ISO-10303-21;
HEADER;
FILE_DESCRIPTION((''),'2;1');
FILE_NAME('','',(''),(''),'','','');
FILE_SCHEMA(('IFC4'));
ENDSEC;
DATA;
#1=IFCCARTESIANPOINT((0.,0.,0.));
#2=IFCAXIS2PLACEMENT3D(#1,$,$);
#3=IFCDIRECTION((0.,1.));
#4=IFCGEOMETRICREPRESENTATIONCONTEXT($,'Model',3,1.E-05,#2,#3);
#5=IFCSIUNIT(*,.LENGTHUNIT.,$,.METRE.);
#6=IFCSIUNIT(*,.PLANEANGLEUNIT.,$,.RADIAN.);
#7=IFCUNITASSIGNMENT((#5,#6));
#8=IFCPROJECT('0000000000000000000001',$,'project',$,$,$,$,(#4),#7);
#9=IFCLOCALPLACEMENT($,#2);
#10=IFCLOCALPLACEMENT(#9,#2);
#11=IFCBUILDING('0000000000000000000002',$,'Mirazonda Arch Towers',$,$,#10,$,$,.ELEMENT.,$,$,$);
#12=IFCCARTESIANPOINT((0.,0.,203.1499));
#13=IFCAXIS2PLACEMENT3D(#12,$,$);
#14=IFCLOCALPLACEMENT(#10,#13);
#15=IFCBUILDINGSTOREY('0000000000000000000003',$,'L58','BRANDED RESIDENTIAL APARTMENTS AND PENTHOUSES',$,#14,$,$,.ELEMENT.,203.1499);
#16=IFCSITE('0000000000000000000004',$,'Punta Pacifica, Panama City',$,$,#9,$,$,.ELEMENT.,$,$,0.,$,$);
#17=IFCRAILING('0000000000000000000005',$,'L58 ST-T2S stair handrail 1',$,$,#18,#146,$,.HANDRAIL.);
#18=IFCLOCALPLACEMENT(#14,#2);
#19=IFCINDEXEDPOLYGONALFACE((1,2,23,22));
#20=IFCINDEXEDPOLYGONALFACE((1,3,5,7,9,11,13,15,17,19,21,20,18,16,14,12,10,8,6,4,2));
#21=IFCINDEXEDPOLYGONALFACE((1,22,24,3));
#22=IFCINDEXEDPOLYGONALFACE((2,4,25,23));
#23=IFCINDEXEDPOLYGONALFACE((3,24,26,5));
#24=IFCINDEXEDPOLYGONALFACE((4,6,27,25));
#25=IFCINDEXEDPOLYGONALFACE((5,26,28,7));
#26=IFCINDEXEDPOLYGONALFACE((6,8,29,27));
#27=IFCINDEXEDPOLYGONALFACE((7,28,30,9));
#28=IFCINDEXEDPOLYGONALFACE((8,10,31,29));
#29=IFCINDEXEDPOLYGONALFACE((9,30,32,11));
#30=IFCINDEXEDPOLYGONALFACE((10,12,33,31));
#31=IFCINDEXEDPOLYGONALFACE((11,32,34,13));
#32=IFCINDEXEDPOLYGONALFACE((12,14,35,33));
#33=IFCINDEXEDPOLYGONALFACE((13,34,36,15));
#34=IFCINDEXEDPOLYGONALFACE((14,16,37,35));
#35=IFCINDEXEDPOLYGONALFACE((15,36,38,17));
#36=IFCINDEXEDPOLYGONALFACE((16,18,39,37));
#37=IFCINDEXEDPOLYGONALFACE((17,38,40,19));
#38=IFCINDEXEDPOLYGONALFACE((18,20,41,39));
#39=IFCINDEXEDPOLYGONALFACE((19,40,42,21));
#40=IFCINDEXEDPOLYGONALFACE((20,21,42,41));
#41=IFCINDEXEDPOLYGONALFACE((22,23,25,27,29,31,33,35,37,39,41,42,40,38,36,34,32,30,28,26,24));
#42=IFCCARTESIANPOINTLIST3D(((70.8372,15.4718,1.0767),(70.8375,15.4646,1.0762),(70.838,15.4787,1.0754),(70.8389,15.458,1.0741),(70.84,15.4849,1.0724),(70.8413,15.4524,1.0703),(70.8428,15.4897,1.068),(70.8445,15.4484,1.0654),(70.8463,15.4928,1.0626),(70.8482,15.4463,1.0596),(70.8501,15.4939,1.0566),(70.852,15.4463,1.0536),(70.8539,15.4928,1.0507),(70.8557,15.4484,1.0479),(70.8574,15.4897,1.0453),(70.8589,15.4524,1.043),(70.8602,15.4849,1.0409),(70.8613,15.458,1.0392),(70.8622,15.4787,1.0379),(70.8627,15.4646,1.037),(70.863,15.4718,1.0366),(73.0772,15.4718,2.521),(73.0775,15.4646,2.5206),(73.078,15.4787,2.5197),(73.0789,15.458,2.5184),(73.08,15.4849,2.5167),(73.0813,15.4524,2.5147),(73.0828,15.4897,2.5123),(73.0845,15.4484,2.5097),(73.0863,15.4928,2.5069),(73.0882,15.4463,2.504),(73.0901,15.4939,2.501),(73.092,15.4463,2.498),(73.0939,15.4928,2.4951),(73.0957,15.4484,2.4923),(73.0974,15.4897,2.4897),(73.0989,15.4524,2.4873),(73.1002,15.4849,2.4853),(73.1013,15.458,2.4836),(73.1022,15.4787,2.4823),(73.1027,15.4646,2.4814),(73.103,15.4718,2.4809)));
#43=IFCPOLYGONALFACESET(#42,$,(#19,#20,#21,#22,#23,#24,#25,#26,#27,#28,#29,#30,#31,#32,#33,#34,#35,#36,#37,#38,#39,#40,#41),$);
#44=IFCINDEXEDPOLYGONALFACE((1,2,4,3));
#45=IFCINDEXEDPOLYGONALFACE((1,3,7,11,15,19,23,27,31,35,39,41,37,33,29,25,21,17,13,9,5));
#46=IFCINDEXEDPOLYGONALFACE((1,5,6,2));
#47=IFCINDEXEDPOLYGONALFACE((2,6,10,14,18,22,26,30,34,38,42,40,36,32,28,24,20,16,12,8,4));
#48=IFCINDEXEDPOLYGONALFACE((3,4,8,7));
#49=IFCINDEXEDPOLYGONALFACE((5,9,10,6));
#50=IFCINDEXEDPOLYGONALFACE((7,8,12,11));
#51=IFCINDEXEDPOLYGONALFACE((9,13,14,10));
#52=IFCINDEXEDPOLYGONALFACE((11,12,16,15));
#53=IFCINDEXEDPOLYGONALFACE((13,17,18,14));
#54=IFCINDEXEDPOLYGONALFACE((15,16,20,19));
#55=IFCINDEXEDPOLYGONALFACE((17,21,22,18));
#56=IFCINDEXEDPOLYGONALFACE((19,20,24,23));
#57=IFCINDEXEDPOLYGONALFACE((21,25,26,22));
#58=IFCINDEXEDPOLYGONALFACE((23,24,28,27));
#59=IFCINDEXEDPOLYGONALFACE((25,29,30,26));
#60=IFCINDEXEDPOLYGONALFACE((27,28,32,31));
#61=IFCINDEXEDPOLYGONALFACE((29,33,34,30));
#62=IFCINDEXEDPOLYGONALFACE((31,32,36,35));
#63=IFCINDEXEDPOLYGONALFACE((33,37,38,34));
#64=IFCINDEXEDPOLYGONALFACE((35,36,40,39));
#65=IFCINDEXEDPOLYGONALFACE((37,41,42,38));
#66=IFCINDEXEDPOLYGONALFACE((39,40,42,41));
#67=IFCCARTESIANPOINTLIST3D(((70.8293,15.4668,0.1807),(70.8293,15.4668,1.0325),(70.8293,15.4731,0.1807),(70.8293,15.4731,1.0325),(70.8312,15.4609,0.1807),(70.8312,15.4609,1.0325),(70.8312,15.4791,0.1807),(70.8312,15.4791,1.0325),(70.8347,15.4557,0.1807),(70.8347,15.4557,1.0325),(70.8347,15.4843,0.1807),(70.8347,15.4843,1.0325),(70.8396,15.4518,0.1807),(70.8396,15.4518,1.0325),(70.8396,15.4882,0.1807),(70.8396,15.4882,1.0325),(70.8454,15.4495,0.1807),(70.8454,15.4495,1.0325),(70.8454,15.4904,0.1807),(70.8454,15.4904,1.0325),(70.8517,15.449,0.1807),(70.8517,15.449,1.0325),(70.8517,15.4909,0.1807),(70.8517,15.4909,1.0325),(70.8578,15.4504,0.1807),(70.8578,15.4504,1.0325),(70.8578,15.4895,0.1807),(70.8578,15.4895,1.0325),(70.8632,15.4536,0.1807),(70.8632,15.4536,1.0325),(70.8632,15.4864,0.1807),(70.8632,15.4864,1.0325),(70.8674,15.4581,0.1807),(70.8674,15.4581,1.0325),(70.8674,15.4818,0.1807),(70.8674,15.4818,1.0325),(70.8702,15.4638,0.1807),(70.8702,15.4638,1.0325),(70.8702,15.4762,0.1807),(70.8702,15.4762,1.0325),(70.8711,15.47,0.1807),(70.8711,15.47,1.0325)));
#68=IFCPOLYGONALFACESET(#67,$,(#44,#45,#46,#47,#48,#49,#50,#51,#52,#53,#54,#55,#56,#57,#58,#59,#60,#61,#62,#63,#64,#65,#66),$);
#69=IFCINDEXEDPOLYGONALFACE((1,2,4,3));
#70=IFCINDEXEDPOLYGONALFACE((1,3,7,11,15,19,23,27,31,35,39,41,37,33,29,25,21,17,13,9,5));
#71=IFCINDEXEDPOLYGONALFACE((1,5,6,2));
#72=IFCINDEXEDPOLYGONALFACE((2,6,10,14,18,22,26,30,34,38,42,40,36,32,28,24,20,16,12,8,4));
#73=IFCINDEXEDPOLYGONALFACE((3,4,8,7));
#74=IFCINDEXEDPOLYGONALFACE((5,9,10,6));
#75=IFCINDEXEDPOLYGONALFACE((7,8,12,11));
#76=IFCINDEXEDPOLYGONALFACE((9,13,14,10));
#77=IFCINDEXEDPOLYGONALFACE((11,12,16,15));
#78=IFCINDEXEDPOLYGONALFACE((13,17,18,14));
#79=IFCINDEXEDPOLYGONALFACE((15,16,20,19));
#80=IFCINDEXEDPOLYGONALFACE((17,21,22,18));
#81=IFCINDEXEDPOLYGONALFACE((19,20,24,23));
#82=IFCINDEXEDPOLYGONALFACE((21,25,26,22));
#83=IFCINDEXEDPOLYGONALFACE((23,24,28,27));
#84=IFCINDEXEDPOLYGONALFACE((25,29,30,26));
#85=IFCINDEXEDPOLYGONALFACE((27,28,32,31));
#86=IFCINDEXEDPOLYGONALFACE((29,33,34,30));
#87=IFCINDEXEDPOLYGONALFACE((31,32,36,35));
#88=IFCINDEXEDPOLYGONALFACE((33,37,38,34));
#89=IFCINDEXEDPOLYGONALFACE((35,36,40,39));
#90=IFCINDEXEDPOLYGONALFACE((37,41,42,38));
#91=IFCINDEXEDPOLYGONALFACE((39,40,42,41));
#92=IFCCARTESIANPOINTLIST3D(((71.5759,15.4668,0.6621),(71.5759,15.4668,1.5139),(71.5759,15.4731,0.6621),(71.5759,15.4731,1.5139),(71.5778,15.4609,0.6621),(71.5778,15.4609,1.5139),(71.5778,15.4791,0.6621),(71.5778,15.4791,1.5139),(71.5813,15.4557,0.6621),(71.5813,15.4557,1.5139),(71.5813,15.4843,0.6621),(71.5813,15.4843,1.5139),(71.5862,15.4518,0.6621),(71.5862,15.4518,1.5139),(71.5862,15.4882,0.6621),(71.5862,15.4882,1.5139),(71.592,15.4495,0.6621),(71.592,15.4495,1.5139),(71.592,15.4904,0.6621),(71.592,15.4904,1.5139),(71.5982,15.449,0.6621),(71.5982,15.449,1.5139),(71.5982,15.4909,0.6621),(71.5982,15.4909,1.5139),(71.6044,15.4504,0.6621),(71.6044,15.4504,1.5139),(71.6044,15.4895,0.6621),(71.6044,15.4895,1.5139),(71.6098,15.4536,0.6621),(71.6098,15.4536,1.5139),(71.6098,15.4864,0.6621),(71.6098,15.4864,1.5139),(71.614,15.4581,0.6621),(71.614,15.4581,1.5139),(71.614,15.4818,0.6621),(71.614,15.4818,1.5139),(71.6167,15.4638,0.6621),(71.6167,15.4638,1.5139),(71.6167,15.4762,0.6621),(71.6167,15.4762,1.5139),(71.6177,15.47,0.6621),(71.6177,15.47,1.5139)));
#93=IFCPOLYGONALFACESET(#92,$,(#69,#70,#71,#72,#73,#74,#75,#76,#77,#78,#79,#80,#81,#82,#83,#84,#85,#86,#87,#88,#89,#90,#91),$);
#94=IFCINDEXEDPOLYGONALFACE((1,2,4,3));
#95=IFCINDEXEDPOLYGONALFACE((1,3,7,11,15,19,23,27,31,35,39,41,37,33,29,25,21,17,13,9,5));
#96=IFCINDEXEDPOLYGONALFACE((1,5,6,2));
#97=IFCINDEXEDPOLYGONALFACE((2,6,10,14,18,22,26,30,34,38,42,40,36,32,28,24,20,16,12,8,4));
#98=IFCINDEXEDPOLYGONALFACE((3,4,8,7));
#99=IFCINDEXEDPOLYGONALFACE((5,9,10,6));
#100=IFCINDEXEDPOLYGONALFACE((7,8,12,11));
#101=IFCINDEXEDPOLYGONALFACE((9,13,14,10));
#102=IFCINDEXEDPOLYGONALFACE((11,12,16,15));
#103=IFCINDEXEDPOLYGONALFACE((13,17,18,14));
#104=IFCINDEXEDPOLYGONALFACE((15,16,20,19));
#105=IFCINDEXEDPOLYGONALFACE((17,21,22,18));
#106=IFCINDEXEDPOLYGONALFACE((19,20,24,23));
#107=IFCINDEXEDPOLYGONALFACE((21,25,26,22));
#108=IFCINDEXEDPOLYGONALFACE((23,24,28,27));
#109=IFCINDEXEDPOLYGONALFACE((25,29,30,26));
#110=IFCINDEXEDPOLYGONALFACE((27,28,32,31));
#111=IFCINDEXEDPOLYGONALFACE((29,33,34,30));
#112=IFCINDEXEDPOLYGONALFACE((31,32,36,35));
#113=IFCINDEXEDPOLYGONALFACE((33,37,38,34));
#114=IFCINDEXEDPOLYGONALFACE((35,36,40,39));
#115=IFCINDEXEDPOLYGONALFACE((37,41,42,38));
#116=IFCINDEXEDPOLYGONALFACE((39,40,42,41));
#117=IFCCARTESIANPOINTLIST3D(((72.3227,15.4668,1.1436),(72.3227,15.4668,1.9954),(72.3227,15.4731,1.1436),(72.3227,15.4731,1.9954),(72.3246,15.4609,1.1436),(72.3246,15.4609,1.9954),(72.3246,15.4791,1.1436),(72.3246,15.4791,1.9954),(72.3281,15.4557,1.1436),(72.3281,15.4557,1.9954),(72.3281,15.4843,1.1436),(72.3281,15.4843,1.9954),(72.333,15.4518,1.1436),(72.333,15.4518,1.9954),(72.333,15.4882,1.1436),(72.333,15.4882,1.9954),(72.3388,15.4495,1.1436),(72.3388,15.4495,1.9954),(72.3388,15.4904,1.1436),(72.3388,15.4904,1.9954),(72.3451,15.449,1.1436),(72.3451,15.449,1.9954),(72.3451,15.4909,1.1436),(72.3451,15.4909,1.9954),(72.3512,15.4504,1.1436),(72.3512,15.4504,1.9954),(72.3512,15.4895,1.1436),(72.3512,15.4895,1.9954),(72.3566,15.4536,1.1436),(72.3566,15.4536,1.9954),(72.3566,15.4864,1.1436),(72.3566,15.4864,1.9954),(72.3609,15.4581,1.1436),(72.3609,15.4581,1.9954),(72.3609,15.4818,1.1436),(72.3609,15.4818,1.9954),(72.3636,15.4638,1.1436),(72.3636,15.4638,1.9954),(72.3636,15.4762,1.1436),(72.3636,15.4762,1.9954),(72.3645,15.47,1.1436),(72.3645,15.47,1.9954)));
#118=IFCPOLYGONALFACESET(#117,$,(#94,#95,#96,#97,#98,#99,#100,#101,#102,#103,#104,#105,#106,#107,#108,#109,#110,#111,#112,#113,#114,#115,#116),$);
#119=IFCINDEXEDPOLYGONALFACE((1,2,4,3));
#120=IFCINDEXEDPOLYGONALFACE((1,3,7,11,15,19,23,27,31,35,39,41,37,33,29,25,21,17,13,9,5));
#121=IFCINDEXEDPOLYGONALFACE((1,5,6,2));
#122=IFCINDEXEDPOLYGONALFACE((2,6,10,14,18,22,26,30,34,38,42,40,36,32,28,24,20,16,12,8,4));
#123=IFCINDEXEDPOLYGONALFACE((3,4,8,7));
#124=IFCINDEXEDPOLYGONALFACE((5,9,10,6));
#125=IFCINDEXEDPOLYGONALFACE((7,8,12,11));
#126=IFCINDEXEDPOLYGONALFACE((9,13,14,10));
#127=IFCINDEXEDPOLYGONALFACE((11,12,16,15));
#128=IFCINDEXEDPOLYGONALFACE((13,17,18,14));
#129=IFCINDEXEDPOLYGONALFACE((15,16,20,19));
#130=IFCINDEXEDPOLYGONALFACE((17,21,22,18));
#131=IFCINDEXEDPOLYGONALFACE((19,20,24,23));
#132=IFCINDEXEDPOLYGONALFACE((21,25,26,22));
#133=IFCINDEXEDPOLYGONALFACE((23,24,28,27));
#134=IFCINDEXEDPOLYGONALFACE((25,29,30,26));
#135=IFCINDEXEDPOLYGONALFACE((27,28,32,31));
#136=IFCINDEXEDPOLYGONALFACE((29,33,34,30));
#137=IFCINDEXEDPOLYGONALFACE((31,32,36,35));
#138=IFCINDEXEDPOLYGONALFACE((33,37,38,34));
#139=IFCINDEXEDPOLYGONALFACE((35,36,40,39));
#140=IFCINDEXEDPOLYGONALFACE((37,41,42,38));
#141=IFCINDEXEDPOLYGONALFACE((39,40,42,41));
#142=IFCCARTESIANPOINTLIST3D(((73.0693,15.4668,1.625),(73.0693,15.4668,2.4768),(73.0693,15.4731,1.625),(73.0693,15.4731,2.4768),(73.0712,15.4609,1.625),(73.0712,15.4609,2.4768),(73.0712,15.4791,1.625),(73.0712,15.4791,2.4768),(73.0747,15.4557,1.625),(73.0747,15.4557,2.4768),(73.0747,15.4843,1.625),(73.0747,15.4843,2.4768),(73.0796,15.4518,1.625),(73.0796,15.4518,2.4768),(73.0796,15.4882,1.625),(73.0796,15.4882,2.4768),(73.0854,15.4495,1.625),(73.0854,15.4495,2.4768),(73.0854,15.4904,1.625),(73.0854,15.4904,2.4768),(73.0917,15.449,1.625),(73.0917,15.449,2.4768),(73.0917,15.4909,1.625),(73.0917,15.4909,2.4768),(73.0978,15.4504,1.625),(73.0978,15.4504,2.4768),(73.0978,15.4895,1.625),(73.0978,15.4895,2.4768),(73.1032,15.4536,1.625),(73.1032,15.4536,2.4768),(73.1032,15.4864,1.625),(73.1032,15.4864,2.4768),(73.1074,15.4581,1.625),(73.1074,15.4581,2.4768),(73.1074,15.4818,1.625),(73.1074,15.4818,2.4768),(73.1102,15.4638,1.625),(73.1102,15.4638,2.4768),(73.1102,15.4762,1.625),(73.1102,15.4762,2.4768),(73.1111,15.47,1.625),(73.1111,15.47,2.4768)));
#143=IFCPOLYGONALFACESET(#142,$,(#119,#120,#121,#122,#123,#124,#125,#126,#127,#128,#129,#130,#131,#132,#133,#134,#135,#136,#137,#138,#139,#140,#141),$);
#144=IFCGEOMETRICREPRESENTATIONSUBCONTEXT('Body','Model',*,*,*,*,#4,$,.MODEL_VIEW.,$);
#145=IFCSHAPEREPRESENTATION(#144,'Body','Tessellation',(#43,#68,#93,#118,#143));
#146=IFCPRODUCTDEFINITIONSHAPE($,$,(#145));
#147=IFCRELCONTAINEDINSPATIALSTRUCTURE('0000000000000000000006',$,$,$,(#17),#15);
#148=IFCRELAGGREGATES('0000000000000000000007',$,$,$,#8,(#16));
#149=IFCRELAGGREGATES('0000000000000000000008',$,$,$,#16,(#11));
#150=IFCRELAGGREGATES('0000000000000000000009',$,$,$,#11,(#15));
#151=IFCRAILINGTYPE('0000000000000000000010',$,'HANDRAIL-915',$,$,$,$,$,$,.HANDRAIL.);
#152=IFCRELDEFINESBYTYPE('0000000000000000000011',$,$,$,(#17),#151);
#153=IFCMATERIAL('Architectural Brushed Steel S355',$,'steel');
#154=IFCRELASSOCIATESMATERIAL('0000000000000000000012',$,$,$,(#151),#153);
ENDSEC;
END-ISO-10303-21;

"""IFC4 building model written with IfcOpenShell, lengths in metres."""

from ifc_helpers import new_model, si_unit, direction, frame, origin, origin_2d, place, context, subcontext, project, spatial, circle, extrude, material, type_object, element, save


model = new_model("IFC4")

# Units and contexts
model_context = context("Model", 3, precision=1e-05, world=origin(), true_north=direction((0.0, 1.0)))
body_context = subcontext(model_context, "Body", "Model", "MODEL_VIEW")
ifc_project = project(units=[si_unit("LENGTHUNIT", "METRE"), si_unit("PLANEANGLEUNIT", "RADIAN")], contexts=[model_context])

# Site, building, storey
site_placement = place(None, origin())
site = spatial("IfcSite", under=ifc_project, at=site_placement, Name="Punta Pacifica, Panama City", CompositionType="ELEMENT", RefElevation=0.0)
building_placement = place(site_placement, origin())
building = spatial("IfcBuilding", under=site, at=building_placement, Name="Mirazonda Arch Towers", CompositionType="ELEMENT")
storey_placement = place(building_placement, frame((0.0, 0.0, 203.1499)))
storey = spatial("IfcBuildingStorey", under=building, at=storey_placement, Name="L58", Description="BRANDED RESIDENTIAL APARTMENTS AND PENTHOUSES", CompositionType="ELEMENT", Elevation=203.1499)

# Shared definitions
ifc_material_1 = material(Name="Architectural Brushed Steel S355", Category="steel")

# Railing
railing_type_1 = type_object("IfcRailingType", Name="HANDRAIL-915", PredefinedType="HANDRAIL", material=ifc_material_1)
railing_1_placement = place(storey_placement, frame((70.8501, 15.47, 0.1807)))
element("IfcRailing", 1, at=railing_1_placement, inside=storey, type_object=railing_type_1, Name="L58 ST-T2S stair handrail 1", PredefinedType="HANDRAIL", context=body_context, shape_type="SweptSolid", body=[
    extrude(circle(Radius=0.0239, at=origin_2d()), frame((0.0, 0.0, 0.876), z_axis=(0.840437, 0.0, 0.54191), x_axis=(0.0, 1.0, 0.0)), (0.0, 0.0, 1.0), 2.6653),
    extrude(circle(Radius=0.021, at=origin_2d()), origin(), (0.0, 0.0, 1.0), 0.8518),
    extrude(circle(Radius=0.021, at=origin_2d()), frame((0.7466, 0.0, 0.4814)), (0.0, 0.0, 1.0), 0.8518),
    extrude(circle(Radius=0.021, at=origin_2d()), frame((1.4934, 0.0, 0.9629)), (0.0, 0.0, 1.0), 0.8518),
    extrude(circle(Radius=0.021, at=origin_2d()), frame((2.24, 0.0, 1.4443)), (0.0, 0.0, 1.0), 0.8518),
])

save(model, "model.ifc")
